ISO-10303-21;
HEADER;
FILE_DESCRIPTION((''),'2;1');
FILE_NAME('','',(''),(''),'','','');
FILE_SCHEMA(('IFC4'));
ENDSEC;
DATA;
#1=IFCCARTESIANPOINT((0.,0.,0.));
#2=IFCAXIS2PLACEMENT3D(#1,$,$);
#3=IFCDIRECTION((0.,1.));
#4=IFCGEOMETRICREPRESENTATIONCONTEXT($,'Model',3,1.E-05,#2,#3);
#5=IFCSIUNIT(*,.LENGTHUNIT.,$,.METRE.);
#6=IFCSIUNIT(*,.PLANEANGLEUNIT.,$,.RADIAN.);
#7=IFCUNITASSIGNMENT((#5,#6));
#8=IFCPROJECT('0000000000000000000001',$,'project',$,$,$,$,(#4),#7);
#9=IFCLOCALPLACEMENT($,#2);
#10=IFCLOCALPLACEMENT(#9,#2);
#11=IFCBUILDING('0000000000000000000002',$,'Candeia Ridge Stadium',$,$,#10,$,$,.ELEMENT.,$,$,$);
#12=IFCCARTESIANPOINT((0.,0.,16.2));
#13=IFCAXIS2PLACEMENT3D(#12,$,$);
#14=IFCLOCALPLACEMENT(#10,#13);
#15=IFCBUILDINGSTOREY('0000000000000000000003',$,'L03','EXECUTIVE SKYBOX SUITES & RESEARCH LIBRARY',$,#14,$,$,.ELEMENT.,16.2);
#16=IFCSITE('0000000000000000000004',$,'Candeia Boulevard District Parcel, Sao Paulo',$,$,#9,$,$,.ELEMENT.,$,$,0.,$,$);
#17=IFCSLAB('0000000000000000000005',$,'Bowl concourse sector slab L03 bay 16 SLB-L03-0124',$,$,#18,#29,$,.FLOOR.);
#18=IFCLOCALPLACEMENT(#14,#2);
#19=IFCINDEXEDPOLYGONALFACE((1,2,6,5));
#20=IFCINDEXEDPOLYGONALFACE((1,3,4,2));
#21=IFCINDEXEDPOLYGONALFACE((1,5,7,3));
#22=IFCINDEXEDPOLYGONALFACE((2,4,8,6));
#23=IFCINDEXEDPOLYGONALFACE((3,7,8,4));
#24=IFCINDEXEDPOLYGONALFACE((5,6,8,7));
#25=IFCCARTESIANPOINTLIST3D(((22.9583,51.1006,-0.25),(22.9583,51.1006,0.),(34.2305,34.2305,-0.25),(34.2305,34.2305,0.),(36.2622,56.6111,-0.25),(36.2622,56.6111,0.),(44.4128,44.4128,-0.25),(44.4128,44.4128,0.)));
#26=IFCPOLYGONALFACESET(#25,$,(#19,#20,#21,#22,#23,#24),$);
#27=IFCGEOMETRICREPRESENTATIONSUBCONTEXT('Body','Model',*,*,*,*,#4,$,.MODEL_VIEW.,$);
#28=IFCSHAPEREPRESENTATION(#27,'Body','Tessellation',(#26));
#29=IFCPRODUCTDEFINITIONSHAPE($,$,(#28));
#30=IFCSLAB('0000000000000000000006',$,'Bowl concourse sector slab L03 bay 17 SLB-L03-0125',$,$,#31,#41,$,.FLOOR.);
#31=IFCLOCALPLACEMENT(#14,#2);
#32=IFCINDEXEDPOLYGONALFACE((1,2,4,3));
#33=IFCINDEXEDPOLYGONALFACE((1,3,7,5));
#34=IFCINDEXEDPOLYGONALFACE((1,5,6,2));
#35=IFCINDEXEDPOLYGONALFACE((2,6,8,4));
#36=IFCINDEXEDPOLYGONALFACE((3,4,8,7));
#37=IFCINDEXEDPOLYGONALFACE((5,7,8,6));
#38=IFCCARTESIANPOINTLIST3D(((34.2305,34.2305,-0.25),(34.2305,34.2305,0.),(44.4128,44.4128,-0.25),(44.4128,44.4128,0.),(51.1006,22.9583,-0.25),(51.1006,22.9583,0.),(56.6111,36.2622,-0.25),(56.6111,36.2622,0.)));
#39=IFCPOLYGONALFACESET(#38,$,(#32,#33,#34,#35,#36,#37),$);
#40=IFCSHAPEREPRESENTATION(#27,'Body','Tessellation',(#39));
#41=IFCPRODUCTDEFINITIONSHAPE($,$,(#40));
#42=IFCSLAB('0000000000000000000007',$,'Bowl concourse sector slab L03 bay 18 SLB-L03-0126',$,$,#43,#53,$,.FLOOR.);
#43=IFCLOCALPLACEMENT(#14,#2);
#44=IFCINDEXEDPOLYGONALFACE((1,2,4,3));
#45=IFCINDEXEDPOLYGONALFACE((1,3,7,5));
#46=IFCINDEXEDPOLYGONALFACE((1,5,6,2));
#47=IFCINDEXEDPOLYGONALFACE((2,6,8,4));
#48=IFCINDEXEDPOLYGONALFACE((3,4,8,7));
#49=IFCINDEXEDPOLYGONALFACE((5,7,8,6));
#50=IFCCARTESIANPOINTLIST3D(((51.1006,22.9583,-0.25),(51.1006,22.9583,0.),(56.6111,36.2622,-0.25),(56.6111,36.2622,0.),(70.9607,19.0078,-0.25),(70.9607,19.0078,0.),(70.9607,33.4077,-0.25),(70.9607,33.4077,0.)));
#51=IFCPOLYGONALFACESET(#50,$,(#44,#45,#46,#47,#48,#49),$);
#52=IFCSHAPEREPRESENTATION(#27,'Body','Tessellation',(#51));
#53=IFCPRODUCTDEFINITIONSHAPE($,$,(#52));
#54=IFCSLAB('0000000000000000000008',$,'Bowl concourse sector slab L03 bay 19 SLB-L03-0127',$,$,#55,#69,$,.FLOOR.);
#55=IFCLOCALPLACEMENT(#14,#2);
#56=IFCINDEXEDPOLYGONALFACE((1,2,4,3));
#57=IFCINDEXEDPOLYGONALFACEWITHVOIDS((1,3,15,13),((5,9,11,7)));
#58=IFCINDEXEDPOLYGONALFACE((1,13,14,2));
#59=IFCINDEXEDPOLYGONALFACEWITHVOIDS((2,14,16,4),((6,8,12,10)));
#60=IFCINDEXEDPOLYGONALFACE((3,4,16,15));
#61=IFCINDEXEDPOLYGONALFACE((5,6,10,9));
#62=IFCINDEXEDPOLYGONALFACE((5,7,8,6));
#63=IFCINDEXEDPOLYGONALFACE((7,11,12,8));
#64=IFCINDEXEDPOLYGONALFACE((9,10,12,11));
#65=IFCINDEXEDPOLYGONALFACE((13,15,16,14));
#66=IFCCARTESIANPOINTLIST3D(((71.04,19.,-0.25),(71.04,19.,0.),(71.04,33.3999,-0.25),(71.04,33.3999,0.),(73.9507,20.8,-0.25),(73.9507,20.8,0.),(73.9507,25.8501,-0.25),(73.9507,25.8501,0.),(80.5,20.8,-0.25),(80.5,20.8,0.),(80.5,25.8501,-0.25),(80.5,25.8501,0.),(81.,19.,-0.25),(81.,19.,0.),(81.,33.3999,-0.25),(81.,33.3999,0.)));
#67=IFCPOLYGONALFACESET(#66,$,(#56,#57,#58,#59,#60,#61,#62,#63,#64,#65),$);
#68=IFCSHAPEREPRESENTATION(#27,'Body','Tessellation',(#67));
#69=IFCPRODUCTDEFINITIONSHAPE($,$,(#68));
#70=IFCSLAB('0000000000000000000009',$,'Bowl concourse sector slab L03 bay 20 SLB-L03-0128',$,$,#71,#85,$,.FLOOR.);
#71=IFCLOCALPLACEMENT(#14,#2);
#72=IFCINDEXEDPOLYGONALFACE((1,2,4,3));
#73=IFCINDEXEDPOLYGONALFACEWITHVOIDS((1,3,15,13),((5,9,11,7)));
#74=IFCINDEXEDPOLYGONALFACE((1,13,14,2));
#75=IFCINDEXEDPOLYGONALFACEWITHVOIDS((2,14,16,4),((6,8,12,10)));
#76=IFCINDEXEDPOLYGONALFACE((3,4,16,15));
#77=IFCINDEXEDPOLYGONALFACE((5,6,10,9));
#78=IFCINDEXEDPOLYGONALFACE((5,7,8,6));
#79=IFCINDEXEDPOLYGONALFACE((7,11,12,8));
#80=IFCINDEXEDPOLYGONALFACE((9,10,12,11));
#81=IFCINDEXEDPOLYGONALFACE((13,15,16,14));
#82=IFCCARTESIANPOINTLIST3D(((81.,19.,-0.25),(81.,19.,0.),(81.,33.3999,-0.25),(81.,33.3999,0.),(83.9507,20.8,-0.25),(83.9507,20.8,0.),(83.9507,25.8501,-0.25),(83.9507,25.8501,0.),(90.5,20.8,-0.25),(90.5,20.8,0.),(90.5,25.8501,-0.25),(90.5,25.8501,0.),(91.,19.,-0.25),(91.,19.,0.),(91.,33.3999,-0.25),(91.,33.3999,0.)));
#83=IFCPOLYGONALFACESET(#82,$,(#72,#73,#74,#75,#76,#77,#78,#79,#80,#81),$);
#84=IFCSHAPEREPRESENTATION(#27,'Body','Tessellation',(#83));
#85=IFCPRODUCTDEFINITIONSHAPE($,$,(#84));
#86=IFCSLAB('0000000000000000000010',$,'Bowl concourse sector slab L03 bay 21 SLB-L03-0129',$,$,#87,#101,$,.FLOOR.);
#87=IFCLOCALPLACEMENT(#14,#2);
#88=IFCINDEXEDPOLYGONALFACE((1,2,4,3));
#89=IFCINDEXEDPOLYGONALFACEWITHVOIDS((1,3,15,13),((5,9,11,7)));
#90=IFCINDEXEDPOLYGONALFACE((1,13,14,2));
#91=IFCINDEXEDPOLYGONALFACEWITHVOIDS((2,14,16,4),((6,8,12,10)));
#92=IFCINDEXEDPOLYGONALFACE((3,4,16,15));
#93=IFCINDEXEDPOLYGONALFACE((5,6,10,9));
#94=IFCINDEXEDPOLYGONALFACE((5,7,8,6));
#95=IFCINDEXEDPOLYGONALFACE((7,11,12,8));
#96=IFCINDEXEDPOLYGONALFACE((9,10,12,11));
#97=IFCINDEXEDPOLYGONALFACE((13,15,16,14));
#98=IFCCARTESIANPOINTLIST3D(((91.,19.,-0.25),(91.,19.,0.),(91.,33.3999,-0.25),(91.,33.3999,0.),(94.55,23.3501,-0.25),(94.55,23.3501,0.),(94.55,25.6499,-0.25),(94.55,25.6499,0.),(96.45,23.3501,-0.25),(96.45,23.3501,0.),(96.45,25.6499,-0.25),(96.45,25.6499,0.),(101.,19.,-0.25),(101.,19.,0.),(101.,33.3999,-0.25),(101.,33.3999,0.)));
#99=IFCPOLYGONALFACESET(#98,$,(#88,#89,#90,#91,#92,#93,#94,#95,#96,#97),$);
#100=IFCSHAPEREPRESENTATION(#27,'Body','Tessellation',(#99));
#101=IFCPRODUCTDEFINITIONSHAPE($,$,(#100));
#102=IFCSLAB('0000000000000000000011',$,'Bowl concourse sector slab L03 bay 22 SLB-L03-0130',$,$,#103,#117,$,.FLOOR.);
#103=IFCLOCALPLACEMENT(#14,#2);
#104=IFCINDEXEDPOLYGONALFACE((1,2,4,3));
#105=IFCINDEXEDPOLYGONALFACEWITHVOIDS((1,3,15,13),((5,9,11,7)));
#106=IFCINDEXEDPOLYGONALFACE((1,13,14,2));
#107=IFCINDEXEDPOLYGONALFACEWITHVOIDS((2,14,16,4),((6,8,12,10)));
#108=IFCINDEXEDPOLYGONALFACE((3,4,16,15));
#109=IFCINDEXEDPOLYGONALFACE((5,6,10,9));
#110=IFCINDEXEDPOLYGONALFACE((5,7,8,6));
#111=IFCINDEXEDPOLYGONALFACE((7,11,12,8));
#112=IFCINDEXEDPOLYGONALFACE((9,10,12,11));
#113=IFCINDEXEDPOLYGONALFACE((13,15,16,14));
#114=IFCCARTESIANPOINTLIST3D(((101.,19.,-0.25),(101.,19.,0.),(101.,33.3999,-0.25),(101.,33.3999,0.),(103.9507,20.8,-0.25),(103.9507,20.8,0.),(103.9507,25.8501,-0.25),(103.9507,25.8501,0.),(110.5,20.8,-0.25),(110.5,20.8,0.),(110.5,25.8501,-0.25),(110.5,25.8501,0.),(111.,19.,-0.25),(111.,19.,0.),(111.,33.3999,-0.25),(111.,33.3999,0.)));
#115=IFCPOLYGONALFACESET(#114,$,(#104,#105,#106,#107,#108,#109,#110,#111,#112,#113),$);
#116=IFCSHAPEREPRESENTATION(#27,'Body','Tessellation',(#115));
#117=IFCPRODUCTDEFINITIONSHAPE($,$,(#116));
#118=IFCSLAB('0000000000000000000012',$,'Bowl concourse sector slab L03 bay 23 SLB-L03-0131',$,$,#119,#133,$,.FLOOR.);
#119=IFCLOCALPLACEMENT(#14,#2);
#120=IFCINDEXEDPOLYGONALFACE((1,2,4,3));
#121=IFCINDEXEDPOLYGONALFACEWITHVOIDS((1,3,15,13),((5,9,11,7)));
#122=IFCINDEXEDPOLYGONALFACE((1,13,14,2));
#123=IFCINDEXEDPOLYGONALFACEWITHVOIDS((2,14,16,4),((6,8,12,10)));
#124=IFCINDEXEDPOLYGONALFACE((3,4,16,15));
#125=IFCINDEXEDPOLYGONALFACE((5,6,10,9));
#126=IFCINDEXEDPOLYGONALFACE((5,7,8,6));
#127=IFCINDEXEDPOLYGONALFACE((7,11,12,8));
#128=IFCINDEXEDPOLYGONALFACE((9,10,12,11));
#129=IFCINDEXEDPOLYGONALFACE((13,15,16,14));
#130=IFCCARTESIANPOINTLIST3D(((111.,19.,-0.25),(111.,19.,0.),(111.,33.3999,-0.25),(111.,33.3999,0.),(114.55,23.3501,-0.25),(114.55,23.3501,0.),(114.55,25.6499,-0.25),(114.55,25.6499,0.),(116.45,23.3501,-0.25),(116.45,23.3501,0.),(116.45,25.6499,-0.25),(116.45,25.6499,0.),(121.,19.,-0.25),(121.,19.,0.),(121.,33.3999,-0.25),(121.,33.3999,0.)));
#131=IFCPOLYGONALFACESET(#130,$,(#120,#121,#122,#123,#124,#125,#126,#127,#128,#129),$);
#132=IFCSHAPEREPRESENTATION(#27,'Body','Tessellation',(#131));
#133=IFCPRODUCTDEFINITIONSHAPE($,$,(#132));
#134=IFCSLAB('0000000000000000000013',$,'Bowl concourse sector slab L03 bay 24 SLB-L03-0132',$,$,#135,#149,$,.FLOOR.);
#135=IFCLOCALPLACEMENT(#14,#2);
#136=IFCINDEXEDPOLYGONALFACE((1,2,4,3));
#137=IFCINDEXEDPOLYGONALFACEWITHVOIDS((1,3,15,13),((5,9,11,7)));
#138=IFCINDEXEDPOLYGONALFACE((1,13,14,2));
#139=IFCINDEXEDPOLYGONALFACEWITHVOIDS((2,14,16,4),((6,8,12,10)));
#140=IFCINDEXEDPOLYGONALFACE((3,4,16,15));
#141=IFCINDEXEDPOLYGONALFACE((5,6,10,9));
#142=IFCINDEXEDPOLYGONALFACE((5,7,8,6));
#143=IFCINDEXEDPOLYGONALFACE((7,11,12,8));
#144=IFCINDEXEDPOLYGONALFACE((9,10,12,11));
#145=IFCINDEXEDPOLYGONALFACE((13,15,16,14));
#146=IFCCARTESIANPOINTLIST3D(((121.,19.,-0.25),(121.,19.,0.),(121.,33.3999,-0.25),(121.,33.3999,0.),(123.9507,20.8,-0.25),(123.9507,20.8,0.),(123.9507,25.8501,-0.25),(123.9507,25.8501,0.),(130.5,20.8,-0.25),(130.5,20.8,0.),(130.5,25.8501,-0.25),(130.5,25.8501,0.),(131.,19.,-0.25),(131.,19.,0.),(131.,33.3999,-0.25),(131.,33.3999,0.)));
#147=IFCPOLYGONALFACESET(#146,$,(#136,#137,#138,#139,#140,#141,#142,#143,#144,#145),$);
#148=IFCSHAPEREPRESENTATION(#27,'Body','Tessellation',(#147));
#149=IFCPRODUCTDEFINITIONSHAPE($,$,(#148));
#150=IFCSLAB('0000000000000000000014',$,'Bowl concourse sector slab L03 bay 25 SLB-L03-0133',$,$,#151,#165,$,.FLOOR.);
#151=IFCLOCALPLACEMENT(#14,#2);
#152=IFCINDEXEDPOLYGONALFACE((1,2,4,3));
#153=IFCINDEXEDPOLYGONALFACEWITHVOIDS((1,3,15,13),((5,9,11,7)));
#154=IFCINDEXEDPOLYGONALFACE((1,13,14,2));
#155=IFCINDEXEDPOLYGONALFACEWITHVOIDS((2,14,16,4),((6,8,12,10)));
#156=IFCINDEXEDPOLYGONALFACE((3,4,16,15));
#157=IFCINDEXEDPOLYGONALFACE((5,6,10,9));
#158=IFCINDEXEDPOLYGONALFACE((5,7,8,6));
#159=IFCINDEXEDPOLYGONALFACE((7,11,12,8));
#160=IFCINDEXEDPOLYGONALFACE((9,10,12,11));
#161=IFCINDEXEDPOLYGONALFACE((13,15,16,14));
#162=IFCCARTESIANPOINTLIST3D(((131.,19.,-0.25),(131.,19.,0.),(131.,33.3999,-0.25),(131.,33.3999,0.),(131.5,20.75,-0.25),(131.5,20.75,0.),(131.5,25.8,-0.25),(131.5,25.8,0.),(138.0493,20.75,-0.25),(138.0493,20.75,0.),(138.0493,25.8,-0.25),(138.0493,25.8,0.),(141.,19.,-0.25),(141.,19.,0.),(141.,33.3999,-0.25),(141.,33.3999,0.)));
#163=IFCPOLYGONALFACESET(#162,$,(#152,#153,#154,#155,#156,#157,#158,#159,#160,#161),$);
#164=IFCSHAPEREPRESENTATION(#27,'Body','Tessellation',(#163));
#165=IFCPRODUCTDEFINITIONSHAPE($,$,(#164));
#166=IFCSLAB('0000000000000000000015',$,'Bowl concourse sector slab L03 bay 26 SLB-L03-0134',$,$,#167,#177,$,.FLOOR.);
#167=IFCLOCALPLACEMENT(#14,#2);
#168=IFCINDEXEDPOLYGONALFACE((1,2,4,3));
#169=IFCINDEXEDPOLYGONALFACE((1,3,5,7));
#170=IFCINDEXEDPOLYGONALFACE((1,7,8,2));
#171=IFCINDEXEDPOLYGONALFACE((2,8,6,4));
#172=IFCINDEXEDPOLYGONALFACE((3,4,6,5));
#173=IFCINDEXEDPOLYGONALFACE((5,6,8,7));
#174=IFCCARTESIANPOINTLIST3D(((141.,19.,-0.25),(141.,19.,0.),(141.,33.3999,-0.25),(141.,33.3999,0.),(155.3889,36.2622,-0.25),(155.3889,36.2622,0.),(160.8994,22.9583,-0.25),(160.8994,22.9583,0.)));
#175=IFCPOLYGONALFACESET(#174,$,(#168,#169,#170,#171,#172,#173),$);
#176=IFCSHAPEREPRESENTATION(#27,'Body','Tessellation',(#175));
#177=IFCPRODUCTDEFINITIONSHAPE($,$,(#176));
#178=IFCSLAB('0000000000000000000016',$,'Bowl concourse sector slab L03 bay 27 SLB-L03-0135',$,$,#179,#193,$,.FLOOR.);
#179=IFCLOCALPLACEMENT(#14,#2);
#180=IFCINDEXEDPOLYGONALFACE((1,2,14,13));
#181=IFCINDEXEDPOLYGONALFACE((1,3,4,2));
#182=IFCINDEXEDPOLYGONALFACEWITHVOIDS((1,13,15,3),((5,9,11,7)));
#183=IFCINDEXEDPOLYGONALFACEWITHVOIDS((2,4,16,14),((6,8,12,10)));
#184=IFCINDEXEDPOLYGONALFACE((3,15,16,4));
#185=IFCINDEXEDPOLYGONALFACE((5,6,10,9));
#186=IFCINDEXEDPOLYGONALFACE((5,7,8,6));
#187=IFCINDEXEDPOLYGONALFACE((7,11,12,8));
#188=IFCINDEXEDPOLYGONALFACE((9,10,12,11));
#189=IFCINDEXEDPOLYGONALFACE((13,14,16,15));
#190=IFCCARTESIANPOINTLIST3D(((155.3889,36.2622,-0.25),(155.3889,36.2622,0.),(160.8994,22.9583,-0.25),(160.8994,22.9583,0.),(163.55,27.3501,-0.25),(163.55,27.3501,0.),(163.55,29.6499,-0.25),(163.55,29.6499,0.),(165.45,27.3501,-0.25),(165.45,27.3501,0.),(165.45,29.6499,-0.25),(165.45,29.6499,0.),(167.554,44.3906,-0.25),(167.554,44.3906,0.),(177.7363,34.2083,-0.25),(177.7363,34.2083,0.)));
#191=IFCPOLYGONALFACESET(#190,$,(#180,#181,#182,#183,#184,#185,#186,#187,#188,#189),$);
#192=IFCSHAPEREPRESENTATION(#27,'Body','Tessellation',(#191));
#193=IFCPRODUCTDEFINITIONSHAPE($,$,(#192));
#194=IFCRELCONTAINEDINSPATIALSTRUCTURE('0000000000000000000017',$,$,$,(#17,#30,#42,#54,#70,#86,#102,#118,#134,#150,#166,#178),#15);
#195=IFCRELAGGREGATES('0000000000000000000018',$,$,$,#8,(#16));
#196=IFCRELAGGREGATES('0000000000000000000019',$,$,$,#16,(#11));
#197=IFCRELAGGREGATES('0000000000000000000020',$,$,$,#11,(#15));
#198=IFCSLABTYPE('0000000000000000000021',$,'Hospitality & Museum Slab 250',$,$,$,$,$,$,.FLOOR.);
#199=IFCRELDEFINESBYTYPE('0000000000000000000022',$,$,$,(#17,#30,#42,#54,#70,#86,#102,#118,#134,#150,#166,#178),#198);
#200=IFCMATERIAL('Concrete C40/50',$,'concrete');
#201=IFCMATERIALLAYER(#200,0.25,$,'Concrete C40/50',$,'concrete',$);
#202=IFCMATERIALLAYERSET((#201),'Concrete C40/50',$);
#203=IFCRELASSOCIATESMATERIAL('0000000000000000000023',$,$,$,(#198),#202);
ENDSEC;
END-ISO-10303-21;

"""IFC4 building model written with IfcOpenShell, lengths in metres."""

from ifc_helpers import new_model, si_unit, direction, frame, origin, place, context, subcontext, project, spatial, polyline, outline, extrude, material, layer, layer_set, type_object, element, save


model = new_model("IFC4")

# Units and contexts
model_context = context("Model", 3, precision=1e-05, world=origin(), true_north=direction((0.0, 1.0)))
body_context = subcontext(model_context, "Body", "Model", "MODEL_VIEW")
ifc_project = project(units=[si_unit("LENGTHUNIT", "METRE"), si_unit("PLANEANGLEUNIT", "RADIAN")], contexts=[model_context])

# Site, building, storey
site_placement = place(None, origin())
site = spatial("IfcSite", under=ifc_project, at=site_placement, Name="Candeia Boulevard District Parcel, Sao Paulo", CompositionType="ELEMENT", RefElevation=0.0)
building_placement = place(site_placement, origin())
building = spatial("IfcBuilding", under=site, at=building_placement, Name="Candeia Ridge Stadium", CompositionType="ELEMENT")
storey_placement = place(building_placement, frame((0.0, 0.0, 16.2)))
storey = spatial("IfcBuildingStorey", under=building, at=storey_placement, Name="L03", Description="EXECUTIVE SKYBOX SUITES & RESEARCH LIBRARY", CompositionType="ELEMENT", Elevation=16.2)

# Slabs
ifc_material = material(Name="Concrete C40/50", Category="concrete")
ifc_layer = layer(ifc_material, 0.25, Name="Concrete C40/50", Category="concrete")
ifc_layer_set = layer_set([ifc_layer], Name="Concrete C40/50")
slab_type = type_object("IfcSlabType", Name="Hospitality & Museum Slab 250", PredefinedType="FLOOR", material=ifc_layer_set)
slab_1_placement = place(storey_placement, frame((0.0, 0.0, -0.25)))
element("IfcSlab", 1, at=slab_1_placement, inside=storey, type_object=slab_type, Name="Bowl concourse sector slab L03 bay 16 SLB-L03-0124", PredefinedType="FLOOR", context=body_context, shape_type="SweptSolid", body=[
    extrude(outline(polyline([(44.4128, 44.4128), (34.2305, 34.2305), (22.9583, 51.1006), (36.2622, 56.6111), (44.4128, 44.4128)])), origin(), (0.0, 0.0, 1.0), 0.25),
])
slab_2_placement = place(storey_placement, frame((0.0, 0.0, -0.25)))
element("IfcSlab", 2, at=slab_2_placement, inside=storey, type_object=slab_type, Name="Bowl concourse sector slab L03 bay 17 SLB-L03-0125", PredefinedType="FLOOR", context=body_context, shape_type="SweptSolid", body=[
    extrude(outline(polyline([(56.6111, 36.2622), (51.1006, 22.9583), (34.2305, 34.2305), (44.4128, 44.4128), (56.6111, 36.2622)])), origin(), (0.0, 0.0, 1.0), 0.25),
])
slab_3_placement = place(storey_placement, frame((0.0, 0.0, -0.25)))
element("IfcSlab", 3, at=slab_3_placement, inside=storey, type_object=slab_type, Name="Bowl concourse sector slab L03 bay 18 SLB-L03-0126", PredefinedType="FLOOR", context=body_context, shape_type="SweptSolid", body=[
    extrude(outline(polyline([(70.9607, 33.4077), (70.9607, 19.0078), (51.1006, 22.9583), (56.6111, 36.2622), (70.9607, 33.4077)])), origin(), (0.0, 0.0, 1.0), 0.25),
])
slab_4_placement = place(storey_placement, frame((0.0, 0.0, -0.25)))
element("IfcSlab", 4, at=slab_4_placement, inside=storey, type_object=slab_type, Name="Bowl concourse sector slab L03 bay 19 SLB-L03-0127", PredefinedType="FLOOR", context=body_context, shape_type="SweptSolid", body=[
    extrude(outline(polyline([(81.0, 33.3999), (81.0, 19.0), (71.04, 19.0), (71.04, 33.3999), (81.0, 33.3999)]), holes=[polyline([(73.9507, 20.8), (80.5, 20.8), (80.5, 25.8501), (73.9507, 25.8501), (73.9507, 20.8)])]), origin(), (0.0, 0.0, 1.0), 0.25),
])
slab_5_placement = place(storey_placement, frame((0.0, 0.0, -0.25)))
element("IfcSlab", 5, at=slab_5_placement, inside=storey, type_object=slab_type, Name="Bowl concourse sector slab L03 bay 20 SLB-L03-0128", PredefinedType="FLOOR", context=body_context, shape_type="SweptSolid", body=[
    extrude(outline(polyline([(91.0, 33.3999), (91.0, 19.0), (81.0, 19.0), (81.0, 33.3999), (91.0, 33.3999)]), holes=[polyline([(83.9507, 20.8), (90.5, 20.8), (90.5, 25.8501), (83.9507, 25.8501), (83.9507, 20.8)])]), origin(), (0.0, 0.0, 1.0), 0.25),
])
slab_6_placement = place(storey_placement, frame((0.0, 0.0, -0.25)))
element("IfcSlab", 6, at=slab_6_placement, inside=storey, type_object=slab_type, Name="Bowl concourse sector slab L03 bay 21 SLB-L03-0129", PredefinedType="FLOOR", context=body_context, shape_type="SweptSolid", body=[
    extrude(outline(polyline([(101.0, 33.3999), (101.0, 19.0), (91.0, 19.0), (91.0, 33.3999), (101.0, 33.3999)]), holes=[polyline([(96.45, 23.3501), (96.45, 25.6499), (94.55, 25.6499), (94.55, 23.3501), (96.45, 23.3501)])]), origin(), (0.0, 0.0, 1.0), 0.25),
])
slab_7_placement = place(storey_placement, frame((0.0, 0.0, -0.25)))
element("IfcSlab", 7, at=slab_7_placement, inside=storey, type_object=slab_type, Name="Bowl concourse sector slab L03 bay 22 SLB-L03-0130", PredefinedType="FLOOR", context=body_context, shape_type="SweptSolid", body=[
    extrude(outline(polyline([(111.0, 33.3999), (111.0, 19.0), (101.0, 19.0), (101.0, 33.3999), (111.0, 33.3999)]), holes=[polyline([(103.9507, 20.8), (110.5, 20.8), (110.5, 25.8501), (103.9507, 25.8501), (103.9507, 20.8)])]), origin(), (0.0, 0.0, 1.0), 0.25),
])
slab_8_placement = place(storey_placement, frame((0.0, 0.0, -0.25)))
element("IfcSlab", 8, at=slab_8_placement, inside=storey, type_object=slab_type, Name="Bowl concourse sector slab L03 bay 23 SLB-L03-0131", PredefinedType="FLOOR", context=body_context, shape_type="SweptSolid", body=[
    extrude(outline(polyline([(121.0, 33.3999), (121.0, 19.0), (111.0, 19.0), (111.0, 33.3999), (121.0, 33.3999)]), holes=[polyline([(116.45, 23.3501), (116.45, 25.6499), (114.55, 25.6499), (114.55, 23.3501), (116.45, 23.3501)])]), origin(), (0.0, 0.0, 1.0), 0.25),
])
slab_9_placement = place(storey_placement, frame((0.0, 0.0, -0.25)))
element("IfcSlab", 9, at=slab_9_placement, inside=storey, type_object=slab_type, Name="Bowl concourse sector slab L03 bay 24 SLB-L03-0132", PredefinedType="FLOOR", context=body_context, shape_type="SweptSolid", body=[
    extrude(outline(polyline([(131.0, 33.3999), (131.0, 19.0), (121.0, 19.0), (121.0, 33.3999), (131.0, 33.3999)]), holes=[polyline([(123.9507, 20.8), (130.5, 20.8), (130.5, 25.8501), (123.9507, 25.8501), (123.9507, 20.8)])]), origin(), (0.0, 0.0, 1.0), 0.25),
])
slab_10_placement = place(storey_placement, frame((0.0, 0.0, -0.25)))
element("IfcSlab", 10, at=slab_10_placement, inside=storey, type_object=slab_type, Name="Bowl concourse sector slab L03 bay 25 SLB-L03-0133", PredefinedType="FLOOR", context=body_context, shape_type="SweptSolid", body=[
    extrude(outline(polyline([(141.0, 33.3999), (141.0, 19.0), (131.0, 19.0), (131.0, 33.3999), (141.0, 33.3999)]), holes=[polyline([(138.0493, 25.8), (131.5, 25.8), (131.5, 20.75), (138.0493, 20.75), (138.0493, 25.8)])]), origin(), (0.0, 0.0, 1.0), 0.25),
])
slab_11_placement = place(storey_placement, frame((0.0, 0.0, -0.25)))
element("IfcSlab", 11, at=slab_11_placement, inside=storey, type_object=slab_type, Name="Bowl concourse sector slab L03 bay 26 SLB-L03-0134", PredefinedType="FLOOR", context=body_context, shape_type="SweptSolid", body=[
    extrude(outline(polyline([(155.3889, 36.2622), (160.8994, 22.9583), (141.0, 19.0), (141.0, 33.3999), (155.3889, 36.2622)])), origin(), (0.0, 0.0, 1.0), 0.25),
])
slab_12_placement = place(storey_placement, frame((0.0, 0.0, -0.25)))
element("IfcSlab", 12, at=slab_12_placement, inside=storey, type_object=slab_type, Name="Bowl concourse sector slab L03 bay 27 SLB-L03-0135", PredefinedType="FLOOR", context=body_context, shape_type="SweptSolid", body=[
    extrude(outline(polyline([(167.554, 44.3906), (177.7363, 34.2083), (160.8994, 22.9583), (155.3889, 36.2622), (167.554, 44.3906)]), holes=[polyline([(165.45, 27.3501), (165.45, 29.6499), (163.55, 29.6499), (163.55, 27.3501), (165.45, 27.3501)])]), origin(), (0.0, 0.0, 1.0), 0.25),
])

save(model, "model.ifc")
